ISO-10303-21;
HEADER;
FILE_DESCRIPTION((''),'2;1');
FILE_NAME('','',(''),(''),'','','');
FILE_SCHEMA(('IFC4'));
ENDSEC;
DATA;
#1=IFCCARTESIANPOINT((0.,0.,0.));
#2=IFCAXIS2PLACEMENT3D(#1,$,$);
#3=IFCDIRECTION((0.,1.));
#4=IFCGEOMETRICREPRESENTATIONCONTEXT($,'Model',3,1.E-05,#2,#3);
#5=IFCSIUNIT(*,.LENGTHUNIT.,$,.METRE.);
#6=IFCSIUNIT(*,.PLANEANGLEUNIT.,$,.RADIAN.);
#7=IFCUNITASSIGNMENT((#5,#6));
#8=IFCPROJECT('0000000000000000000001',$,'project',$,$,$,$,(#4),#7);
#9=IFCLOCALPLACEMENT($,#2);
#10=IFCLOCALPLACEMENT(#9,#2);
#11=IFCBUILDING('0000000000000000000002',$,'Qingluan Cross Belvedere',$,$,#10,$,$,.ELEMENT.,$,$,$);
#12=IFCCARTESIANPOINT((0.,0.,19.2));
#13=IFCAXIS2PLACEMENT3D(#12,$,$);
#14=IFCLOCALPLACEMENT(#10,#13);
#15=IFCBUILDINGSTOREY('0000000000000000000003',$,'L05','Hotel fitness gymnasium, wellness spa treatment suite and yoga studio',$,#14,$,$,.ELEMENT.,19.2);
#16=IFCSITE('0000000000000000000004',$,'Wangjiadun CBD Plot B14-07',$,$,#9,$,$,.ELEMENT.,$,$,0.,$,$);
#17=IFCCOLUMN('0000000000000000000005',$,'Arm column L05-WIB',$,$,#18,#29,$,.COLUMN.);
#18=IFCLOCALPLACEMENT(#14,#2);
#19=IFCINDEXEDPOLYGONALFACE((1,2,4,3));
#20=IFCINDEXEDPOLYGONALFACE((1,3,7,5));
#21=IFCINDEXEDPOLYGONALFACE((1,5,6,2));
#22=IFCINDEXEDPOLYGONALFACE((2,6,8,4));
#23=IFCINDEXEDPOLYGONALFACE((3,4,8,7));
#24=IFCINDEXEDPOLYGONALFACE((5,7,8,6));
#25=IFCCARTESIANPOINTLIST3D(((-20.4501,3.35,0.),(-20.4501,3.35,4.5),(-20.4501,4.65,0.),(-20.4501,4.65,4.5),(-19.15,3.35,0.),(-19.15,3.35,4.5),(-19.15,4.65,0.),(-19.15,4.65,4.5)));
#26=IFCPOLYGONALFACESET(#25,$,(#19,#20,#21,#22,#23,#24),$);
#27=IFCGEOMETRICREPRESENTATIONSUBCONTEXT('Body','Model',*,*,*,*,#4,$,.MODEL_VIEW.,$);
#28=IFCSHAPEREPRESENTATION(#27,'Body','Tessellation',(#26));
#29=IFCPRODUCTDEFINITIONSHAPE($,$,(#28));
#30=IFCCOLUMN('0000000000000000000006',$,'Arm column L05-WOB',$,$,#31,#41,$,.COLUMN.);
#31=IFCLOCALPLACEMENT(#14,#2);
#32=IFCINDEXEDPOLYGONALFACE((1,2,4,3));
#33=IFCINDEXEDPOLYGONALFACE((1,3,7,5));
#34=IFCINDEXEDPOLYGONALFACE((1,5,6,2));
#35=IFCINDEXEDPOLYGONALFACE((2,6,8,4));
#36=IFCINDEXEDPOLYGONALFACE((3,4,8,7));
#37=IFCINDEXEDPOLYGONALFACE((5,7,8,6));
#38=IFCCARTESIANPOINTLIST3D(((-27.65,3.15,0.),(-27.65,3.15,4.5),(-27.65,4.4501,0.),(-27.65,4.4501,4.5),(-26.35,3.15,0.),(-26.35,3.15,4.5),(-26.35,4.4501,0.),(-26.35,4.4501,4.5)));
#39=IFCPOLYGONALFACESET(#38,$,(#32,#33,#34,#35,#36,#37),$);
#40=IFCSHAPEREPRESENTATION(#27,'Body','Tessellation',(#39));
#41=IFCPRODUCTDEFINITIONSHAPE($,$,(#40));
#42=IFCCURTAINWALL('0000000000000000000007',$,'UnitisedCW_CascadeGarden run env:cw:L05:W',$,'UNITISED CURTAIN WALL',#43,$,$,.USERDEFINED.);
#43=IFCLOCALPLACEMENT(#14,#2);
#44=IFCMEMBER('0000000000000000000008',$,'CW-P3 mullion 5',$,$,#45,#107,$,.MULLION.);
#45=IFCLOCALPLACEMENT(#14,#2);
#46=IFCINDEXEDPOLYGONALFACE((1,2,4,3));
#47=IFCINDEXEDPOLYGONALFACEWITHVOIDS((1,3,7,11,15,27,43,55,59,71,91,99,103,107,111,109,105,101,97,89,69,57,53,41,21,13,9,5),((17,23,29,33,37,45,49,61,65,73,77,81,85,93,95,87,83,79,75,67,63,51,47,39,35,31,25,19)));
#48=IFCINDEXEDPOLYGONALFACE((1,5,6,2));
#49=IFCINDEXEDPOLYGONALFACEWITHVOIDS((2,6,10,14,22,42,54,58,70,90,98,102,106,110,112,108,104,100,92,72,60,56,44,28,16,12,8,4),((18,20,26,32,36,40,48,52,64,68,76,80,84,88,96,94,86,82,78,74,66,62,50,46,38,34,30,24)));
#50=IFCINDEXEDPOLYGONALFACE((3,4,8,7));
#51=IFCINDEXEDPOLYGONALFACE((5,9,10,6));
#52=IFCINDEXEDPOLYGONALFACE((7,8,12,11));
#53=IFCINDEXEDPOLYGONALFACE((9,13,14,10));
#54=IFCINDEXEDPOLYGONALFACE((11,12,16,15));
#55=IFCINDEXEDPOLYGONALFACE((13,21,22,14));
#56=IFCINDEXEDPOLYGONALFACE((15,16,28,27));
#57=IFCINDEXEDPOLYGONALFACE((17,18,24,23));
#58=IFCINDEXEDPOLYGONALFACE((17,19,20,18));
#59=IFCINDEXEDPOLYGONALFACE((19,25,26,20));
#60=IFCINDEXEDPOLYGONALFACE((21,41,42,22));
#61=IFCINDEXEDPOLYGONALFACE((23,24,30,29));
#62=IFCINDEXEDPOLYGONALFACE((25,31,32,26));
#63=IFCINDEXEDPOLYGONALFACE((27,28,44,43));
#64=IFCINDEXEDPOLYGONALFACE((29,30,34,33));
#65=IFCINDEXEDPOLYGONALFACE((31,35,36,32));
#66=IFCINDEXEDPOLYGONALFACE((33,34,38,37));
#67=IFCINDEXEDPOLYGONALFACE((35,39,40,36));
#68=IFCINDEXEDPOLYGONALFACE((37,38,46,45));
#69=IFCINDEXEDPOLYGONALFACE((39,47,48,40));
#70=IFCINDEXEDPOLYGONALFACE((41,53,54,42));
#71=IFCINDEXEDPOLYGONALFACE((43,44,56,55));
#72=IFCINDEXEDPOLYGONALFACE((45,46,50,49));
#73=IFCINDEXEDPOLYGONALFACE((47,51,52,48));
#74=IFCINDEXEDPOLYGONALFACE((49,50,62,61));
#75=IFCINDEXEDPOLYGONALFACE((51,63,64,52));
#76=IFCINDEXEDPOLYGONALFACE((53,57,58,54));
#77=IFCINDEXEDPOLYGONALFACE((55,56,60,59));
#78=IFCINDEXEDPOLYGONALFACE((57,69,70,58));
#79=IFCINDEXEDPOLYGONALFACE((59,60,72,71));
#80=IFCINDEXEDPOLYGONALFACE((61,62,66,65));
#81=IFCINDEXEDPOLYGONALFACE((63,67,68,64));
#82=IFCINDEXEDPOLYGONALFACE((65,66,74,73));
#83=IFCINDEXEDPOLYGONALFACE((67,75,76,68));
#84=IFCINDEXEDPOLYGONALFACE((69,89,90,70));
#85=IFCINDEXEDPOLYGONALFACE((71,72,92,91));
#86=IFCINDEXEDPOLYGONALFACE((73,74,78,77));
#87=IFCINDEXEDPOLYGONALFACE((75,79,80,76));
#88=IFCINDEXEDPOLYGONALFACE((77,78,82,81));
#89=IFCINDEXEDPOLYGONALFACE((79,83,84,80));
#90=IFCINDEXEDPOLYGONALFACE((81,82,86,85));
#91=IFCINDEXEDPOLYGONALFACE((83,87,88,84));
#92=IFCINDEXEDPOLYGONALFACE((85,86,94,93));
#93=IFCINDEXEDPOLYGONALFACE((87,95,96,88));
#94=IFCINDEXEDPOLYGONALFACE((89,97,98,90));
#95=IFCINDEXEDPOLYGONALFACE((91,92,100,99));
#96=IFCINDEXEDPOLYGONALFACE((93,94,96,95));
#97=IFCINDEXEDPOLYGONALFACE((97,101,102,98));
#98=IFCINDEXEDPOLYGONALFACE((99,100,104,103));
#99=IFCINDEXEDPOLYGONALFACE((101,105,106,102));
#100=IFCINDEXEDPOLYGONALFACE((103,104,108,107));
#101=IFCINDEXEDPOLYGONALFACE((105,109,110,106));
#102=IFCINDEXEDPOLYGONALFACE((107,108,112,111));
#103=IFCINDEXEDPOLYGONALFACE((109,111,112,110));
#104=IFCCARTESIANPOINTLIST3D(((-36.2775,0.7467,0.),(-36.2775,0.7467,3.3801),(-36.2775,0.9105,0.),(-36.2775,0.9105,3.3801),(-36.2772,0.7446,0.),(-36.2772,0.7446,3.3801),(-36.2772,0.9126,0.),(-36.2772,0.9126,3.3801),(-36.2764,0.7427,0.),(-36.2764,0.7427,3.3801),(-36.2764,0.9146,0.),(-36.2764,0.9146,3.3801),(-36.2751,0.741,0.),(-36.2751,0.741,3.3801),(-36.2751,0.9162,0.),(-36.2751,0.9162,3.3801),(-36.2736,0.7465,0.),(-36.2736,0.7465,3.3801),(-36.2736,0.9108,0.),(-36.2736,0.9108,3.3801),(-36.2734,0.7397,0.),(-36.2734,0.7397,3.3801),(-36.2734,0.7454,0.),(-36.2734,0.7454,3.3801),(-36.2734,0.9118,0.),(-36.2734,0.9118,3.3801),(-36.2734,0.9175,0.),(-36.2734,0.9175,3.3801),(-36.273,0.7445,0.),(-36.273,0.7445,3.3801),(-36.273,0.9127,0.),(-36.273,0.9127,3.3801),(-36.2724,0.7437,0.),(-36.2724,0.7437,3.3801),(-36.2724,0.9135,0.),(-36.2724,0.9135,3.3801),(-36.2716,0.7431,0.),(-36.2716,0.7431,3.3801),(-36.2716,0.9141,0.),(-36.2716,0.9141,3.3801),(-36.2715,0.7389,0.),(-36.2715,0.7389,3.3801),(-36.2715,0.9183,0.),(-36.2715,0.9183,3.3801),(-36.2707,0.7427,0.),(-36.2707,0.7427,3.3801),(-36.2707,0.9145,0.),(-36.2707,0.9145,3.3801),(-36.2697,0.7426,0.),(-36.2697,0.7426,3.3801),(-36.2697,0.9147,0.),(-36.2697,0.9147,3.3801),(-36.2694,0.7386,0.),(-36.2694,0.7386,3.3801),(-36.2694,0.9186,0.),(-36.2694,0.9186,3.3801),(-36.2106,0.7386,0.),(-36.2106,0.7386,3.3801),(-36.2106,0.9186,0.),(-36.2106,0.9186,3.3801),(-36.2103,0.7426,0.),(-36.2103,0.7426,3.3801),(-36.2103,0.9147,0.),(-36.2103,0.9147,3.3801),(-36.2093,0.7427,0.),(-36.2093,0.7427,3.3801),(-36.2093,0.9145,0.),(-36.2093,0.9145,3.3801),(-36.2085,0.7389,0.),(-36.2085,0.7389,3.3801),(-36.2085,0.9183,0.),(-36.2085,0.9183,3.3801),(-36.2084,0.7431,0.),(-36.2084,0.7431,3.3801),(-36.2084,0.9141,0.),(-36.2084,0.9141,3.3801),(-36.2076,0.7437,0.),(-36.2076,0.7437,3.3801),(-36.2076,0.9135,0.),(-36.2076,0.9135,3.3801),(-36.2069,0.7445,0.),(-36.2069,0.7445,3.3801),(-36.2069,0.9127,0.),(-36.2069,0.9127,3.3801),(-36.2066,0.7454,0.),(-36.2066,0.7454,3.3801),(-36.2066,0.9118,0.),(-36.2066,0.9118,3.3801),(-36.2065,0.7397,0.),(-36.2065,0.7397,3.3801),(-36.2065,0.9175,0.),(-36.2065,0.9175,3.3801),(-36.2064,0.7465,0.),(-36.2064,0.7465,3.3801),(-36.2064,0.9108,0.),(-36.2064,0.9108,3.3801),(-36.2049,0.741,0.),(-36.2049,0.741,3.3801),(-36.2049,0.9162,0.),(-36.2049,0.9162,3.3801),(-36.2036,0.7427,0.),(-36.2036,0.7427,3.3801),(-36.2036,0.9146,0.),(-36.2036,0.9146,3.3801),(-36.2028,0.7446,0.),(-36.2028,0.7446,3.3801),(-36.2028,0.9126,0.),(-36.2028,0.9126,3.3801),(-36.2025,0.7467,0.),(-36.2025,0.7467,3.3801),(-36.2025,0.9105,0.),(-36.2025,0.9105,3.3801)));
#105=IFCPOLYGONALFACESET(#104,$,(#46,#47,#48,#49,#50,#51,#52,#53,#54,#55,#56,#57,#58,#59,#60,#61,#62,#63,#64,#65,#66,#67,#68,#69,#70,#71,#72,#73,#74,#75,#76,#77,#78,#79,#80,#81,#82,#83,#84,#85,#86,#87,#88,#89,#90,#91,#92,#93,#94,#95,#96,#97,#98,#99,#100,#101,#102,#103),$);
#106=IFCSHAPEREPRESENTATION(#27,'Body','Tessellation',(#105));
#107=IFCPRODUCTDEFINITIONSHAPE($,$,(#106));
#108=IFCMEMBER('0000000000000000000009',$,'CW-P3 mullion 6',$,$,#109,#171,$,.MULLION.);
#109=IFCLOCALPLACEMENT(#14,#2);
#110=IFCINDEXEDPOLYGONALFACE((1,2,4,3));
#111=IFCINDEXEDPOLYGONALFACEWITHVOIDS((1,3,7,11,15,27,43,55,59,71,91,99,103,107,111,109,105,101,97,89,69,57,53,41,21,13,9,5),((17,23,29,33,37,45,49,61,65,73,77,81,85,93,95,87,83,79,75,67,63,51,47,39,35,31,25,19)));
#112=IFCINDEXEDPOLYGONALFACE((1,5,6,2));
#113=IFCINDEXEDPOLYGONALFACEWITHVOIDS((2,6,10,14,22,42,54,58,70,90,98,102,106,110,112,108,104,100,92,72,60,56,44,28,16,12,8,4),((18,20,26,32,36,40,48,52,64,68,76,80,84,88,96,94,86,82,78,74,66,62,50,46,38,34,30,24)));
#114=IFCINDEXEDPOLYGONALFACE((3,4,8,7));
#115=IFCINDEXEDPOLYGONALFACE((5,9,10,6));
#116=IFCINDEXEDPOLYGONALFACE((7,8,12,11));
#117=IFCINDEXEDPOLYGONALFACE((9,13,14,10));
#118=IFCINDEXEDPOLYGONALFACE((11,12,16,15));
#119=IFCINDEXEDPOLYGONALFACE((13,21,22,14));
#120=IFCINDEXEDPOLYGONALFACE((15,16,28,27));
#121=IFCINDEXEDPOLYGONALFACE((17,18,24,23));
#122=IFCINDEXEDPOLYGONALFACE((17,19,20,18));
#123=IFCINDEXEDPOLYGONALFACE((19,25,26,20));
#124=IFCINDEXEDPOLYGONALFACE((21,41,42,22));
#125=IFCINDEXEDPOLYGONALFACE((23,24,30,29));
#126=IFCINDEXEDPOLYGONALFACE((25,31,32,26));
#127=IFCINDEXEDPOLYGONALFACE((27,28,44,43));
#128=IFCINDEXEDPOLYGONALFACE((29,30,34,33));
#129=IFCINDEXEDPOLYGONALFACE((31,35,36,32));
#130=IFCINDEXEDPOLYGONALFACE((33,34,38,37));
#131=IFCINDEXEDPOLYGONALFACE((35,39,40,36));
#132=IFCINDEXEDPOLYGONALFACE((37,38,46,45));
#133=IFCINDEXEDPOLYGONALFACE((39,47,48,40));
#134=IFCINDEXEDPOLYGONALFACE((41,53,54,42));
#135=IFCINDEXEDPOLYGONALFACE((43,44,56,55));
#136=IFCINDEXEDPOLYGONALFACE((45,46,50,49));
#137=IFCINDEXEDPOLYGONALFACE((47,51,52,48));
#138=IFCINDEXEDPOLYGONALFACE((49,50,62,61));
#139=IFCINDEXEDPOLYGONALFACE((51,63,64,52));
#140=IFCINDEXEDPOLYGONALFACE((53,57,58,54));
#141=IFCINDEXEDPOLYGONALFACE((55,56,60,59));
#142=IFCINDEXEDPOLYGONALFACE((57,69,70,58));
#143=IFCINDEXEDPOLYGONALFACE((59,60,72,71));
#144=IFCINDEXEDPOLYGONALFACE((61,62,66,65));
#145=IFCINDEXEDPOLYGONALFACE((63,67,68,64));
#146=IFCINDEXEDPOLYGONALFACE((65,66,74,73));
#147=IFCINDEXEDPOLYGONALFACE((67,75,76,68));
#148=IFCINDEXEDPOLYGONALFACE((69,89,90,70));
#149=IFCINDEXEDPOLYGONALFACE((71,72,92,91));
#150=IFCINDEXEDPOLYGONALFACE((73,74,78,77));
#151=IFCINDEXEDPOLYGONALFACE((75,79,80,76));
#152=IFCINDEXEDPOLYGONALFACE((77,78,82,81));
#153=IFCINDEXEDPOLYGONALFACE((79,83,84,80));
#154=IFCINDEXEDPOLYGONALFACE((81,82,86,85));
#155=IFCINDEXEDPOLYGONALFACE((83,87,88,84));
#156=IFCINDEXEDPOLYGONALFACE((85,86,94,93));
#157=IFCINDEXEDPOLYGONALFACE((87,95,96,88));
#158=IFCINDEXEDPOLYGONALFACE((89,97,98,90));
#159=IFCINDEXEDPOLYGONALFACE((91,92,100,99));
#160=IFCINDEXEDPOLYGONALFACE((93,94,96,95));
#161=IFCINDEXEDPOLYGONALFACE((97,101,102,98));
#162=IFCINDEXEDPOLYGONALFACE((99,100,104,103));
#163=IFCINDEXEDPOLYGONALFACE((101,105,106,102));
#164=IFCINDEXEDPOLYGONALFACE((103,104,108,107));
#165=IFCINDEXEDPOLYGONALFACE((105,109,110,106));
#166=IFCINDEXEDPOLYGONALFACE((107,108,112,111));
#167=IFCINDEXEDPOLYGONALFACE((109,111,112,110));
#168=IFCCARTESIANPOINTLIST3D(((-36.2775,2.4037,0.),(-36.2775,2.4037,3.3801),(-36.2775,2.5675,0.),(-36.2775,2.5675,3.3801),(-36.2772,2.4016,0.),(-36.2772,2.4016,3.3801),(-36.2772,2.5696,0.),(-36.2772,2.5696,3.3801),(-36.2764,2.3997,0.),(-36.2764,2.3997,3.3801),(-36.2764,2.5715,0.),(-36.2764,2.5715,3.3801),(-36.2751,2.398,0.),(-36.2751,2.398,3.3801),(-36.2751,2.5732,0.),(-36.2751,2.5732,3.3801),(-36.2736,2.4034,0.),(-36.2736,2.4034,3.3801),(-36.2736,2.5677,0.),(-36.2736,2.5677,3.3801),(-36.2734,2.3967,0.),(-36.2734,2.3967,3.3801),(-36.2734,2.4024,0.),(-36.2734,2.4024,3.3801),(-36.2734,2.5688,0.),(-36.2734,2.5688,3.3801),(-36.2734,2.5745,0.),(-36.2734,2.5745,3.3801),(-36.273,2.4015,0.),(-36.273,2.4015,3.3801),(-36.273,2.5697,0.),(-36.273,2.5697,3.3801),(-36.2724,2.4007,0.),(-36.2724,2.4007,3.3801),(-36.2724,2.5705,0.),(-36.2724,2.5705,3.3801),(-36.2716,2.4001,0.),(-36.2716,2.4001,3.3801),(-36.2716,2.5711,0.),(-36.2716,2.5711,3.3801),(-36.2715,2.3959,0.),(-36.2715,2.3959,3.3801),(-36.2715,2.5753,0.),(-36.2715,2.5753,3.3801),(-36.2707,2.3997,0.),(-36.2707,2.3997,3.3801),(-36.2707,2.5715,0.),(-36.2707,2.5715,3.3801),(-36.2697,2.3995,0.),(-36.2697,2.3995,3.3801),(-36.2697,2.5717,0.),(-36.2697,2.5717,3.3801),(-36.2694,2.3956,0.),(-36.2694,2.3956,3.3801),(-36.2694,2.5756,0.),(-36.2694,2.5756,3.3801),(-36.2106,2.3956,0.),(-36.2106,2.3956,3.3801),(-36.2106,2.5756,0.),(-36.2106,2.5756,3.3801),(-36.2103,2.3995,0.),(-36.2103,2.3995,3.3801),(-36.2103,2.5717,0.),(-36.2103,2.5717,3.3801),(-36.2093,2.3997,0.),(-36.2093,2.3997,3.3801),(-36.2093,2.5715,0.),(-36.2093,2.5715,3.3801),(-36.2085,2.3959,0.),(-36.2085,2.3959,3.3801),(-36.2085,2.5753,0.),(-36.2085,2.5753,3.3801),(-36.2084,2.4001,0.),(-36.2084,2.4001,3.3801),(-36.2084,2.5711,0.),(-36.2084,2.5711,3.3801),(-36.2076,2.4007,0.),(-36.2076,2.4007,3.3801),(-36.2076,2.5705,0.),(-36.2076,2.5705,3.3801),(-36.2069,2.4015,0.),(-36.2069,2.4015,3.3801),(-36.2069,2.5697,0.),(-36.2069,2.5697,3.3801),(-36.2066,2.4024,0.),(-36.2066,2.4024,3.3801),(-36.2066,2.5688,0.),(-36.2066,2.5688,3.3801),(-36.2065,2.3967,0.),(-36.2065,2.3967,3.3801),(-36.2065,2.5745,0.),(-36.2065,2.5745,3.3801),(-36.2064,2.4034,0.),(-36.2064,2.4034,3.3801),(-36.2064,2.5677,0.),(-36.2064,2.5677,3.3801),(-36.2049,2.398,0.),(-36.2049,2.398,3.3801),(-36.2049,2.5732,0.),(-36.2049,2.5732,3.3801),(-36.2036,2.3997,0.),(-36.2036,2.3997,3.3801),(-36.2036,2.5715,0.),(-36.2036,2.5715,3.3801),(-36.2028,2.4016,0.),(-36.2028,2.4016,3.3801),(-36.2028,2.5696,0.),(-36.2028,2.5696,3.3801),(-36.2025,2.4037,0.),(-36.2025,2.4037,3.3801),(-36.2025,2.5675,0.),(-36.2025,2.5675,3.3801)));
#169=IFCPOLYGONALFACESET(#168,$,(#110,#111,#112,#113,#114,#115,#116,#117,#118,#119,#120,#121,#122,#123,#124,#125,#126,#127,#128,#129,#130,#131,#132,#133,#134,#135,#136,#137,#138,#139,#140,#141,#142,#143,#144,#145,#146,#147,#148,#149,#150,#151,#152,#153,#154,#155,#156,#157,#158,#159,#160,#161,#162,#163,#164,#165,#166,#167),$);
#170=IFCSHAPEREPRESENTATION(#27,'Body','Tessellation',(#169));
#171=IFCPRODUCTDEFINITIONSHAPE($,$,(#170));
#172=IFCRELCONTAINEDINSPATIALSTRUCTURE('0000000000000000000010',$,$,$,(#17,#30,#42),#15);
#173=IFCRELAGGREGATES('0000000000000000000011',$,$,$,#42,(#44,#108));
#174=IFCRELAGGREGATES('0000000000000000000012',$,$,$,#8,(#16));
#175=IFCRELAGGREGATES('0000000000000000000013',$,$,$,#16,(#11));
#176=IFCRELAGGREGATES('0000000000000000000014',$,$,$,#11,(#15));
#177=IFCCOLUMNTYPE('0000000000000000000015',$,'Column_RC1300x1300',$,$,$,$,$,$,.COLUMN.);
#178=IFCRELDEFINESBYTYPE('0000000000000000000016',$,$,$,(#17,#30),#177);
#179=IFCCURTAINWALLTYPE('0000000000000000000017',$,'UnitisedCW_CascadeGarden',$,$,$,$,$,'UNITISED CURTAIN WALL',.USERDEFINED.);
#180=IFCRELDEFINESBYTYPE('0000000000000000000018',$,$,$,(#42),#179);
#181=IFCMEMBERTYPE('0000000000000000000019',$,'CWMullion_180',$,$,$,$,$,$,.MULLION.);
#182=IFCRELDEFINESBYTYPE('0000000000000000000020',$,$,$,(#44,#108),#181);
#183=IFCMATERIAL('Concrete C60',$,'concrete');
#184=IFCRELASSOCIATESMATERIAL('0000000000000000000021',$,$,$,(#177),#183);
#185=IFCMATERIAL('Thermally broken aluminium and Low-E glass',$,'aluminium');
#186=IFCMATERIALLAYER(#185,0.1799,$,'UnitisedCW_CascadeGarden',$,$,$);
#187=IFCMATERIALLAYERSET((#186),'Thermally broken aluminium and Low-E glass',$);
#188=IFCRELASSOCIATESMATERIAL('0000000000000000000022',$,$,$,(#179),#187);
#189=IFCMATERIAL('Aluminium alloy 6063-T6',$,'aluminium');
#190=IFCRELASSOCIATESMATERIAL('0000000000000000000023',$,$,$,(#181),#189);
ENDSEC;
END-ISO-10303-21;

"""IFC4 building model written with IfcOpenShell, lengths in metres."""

from ifc_helpers import new_model, si_unit, direction, frame, origin, origin_2d, place, context, subcontext, project, spatial, rectangle, hollow_rectangle, extrude, material, layer, layer_set, material_profile, profile_set, type_object, element, aggregate, save


model = new_model("IFC4")

# Units and contexts
model_context = context("Model", 3, precision=1e-05, world=origin(), true_north=direction((0.0, 1.0)))
body_context = subcontext(model_context, "Body", "Model", "MODEL_VIEW")
ifc_project = project(units=[si_unit("LENGTHUNIT", "METRE"), si_unit("PLANEANGLEUNIT", "RADIAN")], contexts=[model_context])

# Site, building, storey
site_placement = place(None, origin())
site = spatial("IfcSite", under=ifc_project, at=site_placement, Name="Wangjiadun CBD Plot B14-07", CompositionType="ELEMENT", RefElevation=0.0)
building_placement = place(site_placement, origin())
building = spatial("IfcBuilding", under=site, at=building_placement, Name="Qingluan Cross Belvedere", CompositionType="ELEMENT")
storey_placement = place(building_placement, frame((0.0, 0.0, 19.2)))
storey = spatial("IfcBuildingStorey", under=building, at=storey_placement, Name="L05", Description="Hotel fitness gymnasium, wellness spa treatment suite and yoga studio", CompositionType="ELEMENT", Elevation=19.2)

# Columns
ifc_material_1 = material(Name="Concrete C60", Category="concrete")
ifc_material_profile_1 = material_profile(ifc_material_1, rectangle(XDim=1.3, YDim=1.3, at=origin_2d()), Name="RC1300x1300")
ifc_profile_set_1 = profile_set([ifc_material_profile_1], Name="Concrete C60")
column_type = type_object("IfcColumnType", Name="Column_RC1300x1300", PredefinedType="COLUMN", material=ifc_profile_set_1)
for number, where, z_axis, x_axis, name in (
    (1, (-19.8, 4.0, 0.0), (0.0, 0.0, 1.0), (1.0, 0.0, 0.0), "Arm column L05-WIB"),
    (2, (-27.0, 3.8, 0.0), (0.0, 0.0, 1.0), (1.0, 0.0, 0.0), "Arm column L05-WOB"),
):
    element("IfcColumn", number, at=place(storey_placement, frame(where, z_axis=z_axis, x_axis=x_axis)), inside=storey, type_object=column_type, Name=name, PredefinedType="COLUMN", context=body_context, shape_type="SweptSolid", body=[
        extrude(rectangle(XDim=1.3, YDim=1.3, at=origin_2d()), origin(), (0.0, 0.0, 1.0), 4.5),
    ])

# Curtain wall, members
ifc_material_2 = material(Name="Thermally broken aluminium and Low-E glass", Category="aluminium")
ifc_layer_1 = layer(ifc_material_2, 0.1799, Name="UnitisedCW_CascadeGarden")
ifc_layer_set_1 = layer_set([ifc_layer_1], Name="Thermally broken aluminium and Low-E glass")
curtain_wall_type = type_object("IfcCurtainWallType", Name="UnitisedCW_CascadeGarden", ElementType="UNITISED CURTAIN WALL", PredefinedType="USERDEFINED", material=ifc_layer_set_1)
curtain_wall_placement = place(storey_placement, origin())
curtain_wall = element("IfcCurtainWall", 3, at=curtain_wall_placement, inside=storey, type_object=curtain_wall_type, Name="UnitisedCW_CascadeGarden run env:cw:L05:W", ObjectType="UNITISED CURTAIN WALL", PredefinedType="USERDEFINED")
ifc_material_3 = material(Name="Aluminium alloy 6063-T6", Category="aluminium")
ifc_material_profile_2 = material_profile(ifc_material_3, hollow_rectangle(XDim=0.075, YDim=0.1799, WallThickness=0.0039, InnerFilletRadius=0.0039, OuterFilletRadius=0.0081, at=origin_2d()), Name="CWM180x75x4")
ifc_profile_set_2 = profile_set([ifc_material_profile_2], Name="Aluminium alloy 6063-T6")
member_type_1 = type_object("IfcMemberType", Name="CWMullion_180", PredefinedType="MULLION", material=ifc_profile_set_2)
member_1_placement = place(storey_placement, frame((-36.24, 0.8286, 0.0), z_axis=(0.0, 0.0, 1.0), x_axis=(-1.0, 0.0, 0.0)))
member_1 = element("IfcMember", 4, at=member_1_placement, type_object=member_type_1, Name="CW-P3 mullion 5", PredefinedType="MULLION", context=body_context, shape_type="SweptSolid", body=[
    extrude(hollow_rectangle(XDim=0.075, YDim=0.1799, WallThickness=0.0039, InnerFilletRadius=0.0039, OuterFilletRadius=0.0081, at=origin_2d()), origin(), (0.0, 0.0, 1.0), 3.3801),
])
member_2_placement = place(storey_placement, frame((-36.24, 2.4856, 0.0), z_axis=(0.0, 0.0, 1.0), x_axis=(-1.0, 0.0, 0.0)))
member_2 = element("IfcMember", 5, at=member_2_placement, type_object=member_type_1, Name="CW-P3 mullion 6", PredefinedType="MULLION", context=body_context, shape_type="SweptSolid", body=[
    extrude(hollow_rectangle(XDim=0.075, YDim=0.1799, WallThickness=0.0039, InnerFilletRadius=0.0039, OuterFilletRadius=0.0081, at=origin_2d()), origin(), (0.0, 0.0, 1.0), 3.3801),
])

aggregate(curtain_wall, [member_1, member_2])

save(model, "model.ifc")
